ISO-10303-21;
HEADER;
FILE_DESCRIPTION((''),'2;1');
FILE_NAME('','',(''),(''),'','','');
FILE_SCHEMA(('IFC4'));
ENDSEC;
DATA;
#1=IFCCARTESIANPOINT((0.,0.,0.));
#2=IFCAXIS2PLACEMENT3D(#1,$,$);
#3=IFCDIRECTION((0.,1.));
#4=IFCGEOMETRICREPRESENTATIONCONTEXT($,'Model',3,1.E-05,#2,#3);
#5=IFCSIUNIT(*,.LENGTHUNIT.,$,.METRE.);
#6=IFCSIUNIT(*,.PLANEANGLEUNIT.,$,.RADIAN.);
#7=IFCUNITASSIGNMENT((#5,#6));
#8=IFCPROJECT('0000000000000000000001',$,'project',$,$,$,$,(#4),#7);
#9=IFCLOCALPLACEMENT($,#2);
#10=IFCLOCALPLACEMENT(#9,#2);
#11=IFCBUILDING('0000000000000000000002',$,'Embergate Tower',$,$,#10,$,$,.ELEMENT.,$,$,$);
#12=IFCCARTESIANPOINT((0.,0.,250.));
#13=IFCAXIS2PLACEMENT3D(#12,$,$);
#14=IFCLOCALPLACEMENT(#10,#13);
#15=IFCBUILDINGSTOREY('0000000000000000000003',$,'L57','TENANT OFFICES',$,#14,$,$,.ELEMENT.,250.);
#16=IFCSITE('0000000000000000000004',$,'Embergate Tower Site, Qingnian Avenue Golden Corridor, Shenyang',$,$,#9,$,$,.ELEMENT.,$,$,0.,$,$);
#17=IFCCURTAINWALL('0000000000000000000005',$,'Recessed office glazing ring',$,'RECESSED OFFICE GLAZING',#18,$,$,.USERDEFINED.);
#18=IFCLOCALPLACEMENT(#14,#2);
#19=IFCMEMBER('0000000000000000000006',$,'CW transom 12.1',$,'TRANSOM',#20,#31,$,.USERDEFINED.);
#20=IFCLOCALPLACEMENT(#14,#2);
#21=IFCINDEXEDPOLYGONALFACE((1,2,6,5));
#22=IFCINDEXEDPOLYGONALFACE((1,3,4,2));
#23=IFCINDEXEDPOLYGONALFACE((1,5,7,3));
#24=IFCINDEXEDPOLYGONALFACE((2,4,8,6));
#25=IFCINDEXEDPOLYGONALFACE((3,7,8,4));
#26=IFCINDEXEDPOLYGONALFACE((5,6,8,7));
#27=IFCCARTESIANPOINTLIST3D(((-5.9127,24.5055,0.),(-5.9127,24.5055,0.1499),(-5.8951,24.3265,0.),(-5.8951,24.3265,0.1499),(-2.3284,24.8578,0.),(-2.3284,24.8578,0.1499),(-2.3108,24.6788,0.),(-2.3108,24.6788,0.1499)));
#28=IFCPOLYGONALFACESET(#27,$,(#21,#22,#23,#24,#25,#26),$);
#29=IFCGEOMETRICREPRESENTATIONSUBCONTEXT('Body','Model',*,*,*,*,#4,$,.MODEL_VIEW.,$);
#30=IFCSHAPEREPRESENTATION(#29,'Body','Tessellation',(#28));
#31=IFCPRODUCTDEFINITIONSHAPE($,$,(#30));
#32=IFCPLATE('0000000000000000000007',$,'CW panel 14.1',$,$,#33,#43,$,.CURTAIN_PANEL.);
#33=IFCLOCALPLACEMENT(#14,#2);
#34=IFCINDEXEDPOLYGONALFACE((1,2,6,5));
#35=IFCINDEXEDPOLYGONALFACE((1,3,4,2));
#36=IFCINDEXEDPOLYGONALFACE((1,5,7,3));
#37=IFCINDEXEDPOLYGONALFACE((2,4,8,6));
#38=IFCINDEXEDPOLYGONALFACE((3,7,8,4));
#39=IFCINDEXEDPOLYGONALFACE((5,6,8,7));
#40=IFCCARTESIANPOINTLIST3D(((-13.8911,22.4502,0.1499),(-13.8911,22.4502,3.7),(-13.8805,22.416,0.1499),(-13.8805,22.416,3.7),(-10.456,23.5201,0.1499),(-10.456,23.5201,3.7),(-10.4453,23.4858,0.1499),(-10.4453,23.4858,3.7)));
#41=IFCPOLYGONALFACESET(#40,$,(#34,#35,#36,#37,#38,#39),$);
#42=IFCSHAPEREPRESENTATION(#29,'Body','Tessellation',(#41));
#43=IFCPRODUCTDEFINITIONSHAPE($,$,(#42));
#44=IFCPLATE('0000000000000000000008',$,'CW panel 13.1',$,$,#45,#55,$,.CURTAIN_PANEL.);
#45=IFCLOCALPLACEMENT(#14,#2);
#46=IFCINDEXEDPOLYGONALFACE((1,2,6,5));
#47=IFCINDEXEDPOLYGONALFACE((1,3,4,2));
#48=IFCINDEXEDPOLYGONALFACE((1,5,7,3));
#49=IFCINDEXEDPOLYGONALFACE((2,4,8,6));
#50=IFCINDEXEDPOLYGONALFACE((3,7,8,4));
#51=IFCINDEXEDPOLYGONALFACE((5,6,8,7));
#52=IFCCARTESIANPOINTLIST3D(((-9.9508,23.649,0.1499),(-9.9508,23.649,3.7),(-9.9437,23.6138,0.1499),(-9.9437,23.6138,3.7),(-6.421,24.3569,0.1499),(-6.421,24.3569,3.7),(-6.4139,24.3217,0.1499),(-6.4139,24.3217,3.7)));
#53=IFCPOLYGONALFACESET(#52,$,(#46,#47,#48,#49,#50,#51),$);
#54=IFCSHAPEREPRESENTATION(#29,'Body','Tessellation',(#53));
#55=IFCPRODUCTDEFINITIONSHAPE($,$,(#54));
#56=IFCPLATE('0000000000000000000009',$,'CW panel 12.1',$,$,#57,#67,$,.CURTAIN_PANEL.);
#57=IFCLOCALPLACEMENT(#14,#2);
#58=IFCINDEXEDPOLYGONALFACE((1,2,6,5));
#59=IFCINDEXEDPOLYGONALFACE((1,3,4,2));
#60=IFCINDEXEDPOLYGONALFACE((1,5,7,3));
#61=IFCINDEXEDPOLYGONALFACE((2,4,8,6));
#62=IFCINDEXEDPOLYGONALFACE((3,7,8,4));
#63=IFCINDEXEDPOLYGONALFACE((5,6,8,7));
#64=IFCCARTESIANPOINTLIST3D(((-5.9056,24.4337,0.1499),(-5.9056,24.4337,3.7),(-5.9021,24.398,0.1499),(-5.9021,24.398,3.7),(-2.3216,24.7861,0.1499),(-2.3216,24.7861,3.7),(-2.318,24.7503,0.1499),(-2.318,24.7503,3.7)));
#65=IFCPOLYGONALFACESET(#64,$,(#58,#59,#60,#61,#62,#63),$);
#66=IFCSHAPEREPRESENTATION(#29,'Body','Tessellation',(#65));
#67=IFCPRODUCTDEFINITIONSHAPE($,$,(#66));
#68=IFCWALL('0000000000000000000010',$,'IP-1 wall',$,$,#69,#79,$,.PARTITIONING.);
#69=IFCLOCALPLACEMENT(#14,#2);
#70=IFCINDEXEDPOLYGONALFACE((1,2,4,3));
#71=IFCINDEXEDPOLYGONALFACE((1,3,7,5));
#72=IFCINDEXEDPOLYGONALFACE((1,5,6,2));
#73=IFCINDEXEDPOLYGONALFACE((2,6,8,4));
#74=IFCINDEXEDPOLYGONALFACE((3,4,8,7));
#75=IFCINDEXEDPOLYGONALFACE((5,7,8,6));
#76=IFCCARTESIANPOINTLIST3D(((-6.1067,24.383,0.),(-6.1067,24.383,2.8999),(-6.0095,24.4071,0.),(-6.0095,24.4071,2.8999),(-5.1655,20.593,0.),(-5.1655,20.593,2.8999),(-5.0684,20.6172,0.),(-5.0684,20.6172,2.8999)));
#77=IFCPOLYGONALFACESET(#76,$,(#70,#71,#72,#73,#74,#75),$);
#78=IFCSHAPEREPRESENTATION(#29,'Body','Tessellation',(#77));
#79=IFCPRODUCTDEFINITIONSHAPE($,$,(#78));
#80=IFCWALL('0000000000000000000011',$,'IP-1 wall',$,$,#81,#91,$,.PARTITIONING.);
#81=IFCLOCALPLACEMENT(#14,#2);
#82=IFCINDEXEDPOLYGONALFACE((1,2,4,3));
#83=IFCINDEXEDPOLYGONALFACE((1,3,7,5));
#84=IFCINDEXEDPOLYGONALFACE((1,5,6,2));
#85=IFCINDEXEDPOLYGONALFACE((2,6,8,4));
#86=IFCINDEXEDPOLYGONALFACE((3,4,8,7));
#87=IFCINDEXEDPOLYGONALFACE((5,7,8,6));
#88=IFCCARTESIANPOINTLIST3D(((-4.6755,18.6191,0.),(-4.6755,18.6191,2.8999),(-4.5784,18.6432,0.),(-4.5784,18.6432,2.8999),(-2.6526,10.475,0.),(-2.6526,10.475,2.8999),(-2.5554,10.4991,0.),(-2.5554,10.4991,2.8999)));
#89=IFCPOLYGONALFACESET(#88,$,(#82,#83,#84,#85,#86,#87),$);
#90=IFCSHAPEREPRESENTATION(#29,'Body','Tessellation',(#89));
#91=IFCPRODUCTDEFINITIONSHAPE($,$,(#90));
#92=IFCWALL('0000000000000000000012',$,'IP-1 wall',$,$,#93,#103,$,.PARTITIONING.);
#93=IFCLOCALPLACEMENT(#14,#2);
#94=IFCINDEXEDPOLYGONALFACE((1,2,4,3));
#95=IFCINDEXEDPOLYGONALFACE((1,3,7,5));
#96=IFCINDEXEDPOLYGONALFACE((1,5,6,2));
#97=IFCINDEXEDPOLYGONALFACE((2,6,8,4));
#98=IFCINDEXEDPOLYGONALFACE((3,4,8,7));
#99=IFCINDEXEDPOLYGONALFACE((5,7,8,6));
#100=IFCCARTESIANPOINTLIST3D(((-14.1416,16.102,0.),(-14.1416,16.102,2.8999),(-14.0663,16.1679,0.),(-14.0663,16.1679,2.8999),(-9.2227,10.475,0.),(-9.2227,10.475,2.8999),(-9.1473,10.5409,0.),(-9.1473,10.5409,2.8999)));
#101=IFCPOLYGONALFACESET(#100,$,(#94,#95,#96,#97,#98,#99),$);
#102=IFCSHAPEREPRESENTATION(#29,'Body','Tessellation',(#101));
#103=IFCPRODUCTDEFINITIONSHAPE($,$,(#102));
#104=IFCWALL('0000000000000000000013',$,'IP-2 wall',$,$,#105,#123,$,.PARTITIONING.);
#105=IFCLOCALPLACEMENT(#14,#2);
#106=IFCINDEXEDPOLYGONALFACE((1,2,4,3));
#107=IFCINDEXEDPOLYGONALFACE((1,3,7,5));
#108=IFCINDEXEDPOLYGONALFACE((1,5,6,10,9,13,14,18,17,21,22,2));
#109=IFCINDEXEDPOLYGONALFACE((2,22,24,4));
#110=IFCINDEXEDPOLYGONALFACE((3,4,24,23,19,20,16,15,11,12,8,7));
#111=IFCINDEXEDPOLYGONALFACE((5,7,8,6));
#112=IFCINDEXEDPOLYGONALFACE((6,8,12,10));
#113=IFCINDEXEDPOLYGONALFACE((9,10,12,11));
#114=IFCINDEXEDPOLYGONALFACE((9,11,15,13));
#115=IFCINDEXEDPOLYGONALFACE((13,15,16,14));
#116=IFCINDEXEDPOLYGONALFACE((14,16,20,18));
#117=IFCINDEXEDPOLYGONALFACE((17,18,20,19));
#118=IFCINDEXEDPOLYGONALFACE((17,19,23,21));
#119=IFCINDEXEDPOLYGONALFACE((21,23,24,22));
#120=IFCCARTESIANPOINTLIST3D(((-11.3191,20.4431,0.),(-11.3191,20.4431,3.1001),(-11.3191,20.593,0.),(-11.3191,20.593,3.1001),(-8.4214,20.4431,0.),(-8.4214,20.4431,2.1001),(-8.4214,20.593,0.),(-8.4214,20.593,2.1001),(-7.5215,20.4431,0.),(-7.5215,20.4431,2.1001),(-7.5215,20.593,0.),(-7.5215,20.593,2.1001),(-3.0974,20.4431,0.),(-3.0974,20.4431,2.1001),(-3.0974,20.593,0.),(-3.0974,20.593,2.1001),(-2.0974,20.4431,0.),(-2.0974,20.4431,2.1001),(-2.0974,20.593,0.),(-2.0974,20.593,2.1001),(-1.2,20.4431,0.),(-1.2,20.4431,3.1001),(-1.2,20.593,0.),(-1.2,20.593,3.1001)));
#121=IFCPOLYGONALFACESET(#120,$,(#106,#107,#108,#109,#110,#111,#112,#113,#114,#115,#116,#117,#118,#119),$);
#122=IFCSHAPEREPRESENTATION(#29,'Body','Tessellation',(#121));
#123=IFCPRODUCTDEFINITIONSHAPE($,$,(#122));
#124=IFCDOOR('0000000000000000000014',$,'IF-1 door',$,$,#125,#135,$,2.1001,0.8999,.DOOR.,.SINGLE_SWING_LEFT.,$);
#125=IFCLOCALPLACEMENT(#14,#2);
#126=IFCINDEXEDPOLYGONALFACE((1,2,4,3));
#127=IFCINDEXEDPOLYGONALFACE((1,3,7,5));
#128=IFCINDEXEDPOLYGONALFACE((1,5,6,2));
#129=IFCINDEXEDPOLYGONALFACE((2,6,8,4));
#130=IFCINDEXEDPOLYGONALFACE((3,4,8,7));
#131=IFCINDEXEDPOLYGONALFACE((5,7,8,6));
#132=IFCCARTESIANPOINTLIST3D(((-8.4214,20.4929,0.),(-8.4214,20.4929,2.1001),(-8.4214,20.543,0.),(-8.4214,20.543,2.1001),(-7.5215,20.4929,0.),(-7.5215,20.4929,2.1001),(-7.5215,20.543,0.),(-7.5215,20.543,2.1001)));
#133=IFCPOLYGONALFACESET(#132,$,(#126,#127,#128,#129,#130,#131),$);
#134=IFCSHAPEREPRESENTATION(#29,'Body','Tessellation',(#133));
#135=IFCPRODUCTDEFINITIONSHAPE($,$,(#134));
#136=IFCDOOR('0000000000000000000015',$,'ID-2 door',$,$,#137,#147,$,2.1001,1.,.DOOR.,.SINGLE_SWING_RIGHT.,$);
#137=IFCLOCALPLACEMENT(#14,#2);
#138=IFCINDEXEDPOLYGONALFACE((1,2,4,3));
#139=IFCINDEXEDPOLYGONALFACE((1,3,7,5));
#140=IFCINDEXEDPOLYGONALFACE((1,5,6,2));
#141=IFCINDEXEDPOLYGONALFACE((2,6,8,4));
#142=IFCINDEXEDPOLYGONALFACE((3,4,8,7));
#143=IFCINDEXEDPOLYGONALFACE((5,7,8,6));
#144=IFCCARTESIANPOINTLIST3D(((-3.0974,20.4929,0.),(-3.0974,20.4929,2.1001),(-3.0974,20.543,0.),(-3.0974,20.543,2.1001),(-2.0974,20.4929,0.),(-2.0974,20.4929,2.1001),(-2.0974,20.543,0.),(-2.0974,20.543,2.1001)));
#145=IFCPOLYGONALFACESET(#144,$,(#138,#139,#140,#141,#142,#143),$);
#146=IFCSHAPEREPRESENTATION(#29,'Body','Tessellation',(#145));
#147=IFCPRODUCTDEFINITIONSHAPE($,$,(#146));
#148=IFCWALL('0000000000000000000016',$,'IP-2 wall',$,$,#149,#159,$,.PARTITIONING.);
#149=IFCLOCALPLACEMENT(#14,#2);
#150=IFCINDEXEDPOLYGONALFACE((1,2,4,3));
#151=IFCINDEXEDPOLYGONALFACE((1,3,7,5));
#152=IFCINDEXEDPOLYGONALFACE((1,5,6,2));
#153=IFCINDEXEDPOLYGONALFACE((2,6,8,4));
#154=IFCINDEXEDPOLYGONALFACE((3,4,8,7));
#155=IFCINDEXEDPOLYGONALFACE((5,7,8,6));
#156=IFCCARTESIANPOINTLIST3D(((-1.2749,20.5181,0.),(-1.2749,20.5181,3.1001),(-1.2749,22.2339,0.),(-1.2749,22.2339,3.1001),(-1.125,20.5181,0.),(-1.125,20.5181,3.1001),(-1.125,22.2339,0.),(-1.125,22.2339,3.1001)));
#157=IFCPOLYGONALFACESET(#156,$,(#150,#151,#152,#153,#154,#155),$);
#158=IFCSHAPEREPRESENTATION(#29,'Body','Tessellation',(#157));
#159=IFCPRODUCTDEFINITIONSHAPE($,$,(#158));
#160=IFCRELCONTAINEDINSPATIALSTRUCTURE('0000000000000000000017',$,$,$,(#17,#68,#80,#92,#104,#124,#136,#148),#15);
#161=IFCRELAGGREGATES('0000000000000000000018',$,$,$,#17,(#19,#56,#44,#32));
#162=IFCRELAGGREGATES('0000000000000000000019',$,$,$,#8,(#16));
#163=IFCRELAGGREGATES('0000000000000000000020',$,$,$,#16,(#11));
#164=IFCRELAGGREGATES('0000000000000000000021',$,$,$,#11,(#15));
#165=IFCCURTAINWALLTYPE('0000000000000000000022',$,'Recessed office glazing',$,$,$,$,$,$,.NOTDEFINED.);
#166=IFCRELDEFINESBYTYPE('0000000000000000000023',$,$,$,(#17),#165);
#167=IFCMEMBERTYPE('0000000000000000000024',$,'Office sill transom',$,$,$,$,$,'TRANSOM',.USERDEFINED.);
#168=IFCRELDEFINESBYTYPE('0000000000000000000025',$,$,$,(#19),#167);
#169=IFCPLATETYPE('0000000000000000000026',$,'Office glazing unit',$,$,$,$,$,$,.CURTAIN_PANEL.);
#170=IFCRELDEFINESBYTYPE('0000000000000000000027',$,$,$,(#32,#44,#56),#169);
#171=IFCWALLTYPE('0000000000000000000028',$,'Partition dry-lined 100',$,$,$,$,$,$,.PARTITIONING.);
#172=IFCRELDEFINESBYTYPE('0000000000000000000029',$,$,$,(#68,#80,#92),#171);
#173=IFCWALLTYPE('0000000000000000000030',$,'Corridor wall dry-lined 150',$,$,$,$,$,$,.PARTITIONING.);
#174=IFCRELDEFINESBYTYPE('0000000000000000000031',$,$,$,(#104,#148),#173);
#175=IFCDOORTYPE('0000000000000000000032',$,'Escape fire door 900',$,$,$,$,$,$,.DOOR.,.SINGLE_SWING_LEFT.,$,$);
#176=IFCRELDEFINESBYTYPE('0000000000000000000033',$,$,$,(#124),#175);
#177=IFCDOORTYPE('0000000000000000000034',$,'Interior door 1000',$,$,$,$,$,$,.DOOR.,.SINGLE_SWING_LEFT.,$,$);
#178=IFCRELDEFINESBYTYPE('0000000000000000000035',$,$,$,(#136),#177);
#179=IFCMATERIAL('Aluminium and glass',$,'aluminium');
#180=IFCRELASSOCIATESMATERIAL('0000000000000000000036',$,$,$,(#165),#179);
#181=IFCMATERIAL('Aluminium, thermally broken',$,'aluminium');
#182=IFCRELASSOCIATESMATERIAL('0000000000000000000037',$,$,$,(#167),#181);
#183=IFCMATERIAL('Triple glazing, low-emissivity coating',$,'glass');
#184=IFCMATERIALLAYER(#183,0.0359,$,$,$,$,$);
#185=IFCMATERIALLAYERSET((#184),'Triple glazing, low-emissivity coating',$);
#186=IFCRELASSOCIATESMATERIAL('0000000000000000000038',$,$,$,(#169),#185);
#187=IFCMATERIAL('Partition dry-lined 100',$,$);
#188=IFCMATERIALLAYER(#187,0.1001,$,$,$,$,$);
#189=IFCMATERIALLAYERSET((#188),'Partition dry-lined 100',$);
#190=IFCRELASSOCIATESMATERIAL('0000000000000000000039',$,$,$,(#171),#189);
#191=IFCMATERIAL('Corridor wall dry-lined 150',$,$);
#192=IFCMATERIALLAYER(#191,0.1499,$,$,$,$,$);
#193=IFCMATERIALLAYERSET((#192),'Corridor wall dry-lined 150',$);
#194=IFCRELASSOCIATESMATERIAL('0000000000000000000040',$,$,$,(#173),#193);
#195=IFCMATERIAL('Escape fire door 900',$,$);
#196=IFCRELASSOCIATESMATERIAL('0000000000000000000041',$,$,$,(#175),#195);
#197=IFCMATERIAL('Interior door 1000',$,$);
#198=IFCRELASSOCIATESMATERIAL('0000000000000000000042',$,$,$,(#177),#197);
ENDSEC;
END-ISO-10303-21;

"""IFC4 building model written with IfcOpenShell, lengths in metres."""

from ifc_helpers import new_model, si_unit, direction, frame, frame_2d, origin, origin_2d, place, context, subcontext, project, spatial, rectangle, extrude, source, transform, mapped, material, layer, layer_set, material_profile, profile_set, type_object, element, fill, aggregate, save


model = new_model("IFC4")

# Units and contexts
model_context = context("Model", 3, precision=1e-05, world=origin(), true_north=direction((0.0, 1.0)))
body_context = subcontext(model_context, "Body", "Model", "MODEL_VIEW")
ifc_project = project(units=[si_unit("LENGTHUNIT", "METRE"), si_unit("PLANEANGLEUNIT", "RADIAN")], contexts=[model_context])

# Site, building, storey
site_placement = place(None, origin())
site = spatial("IfcSite", under=ifc_project, at=site_placement, Name="Embergate Tower Site, Qingnian Avenue Golden Corridor, Shenyang", CompositionType="ELEMENT", RefElevation=0.0)
building_placement = place(site_placement, origin())
building = spatial("IfcBuilding", under=site, at=building_placement, Name="Embergate Tower", CompositionType="ELEMENT")
storey_placement = place(building_placement, frame((0.0, 0.0, 250.0)))
storey = spatial("IfcBuildingStorey", under=building, at=storey_placement, Name="L57", Description="TENANT OFFICES", CompositionType="ELEMENT", Elevation=250.0)

# Curtain wall, member, plates
ifc_material_1 = material(Name="Aluminium and glass", Category="aluminium")
curtain_wall_type = type_object("IfcCurtainWallType", Name="Recessed office glazing", PredefinedType="NOTDEFINED", material=ifc_material_1)
curtain_wall_placement = place(storey_placement, origin())
curtain_wall = element("IfcCurtainWall", 1, at=curtain_wall_placement, inside=storey, type_object=curtain_wall_type, Name="Recessed office glazing ring", ObjectType="RECESSED OFFICE GLAZING", PredefinedType="USERDEFINED")
ifc_material_2 = material(Name="Aluminium, thermally broken", Category="aluminium")
ifc_material_profile_1 = material_profile(ifc_material_2, rectangle(XDim=0.1799, YDim=0.1499, at=origin_2d()), Name="AL 150x180")
ifc_profile_set_1 = profile_set([ifc_material_profile_1], Name="Aluminium, thermally broken")
member_type_1 = type_object("IfcMemberType", Name="Office sill transom", ElementType="TRANSOM", PredefinedType="USERDEFINED", material=ifc_profile_set_1)
shared_shape_1 = source(origin(), body_context, "Body", "SweptSolid", [
    extrude(rectangle(XDim=0.1799, YDim=0.1499, at=origin_2d()), origin(), (0.0, 0.0, 1.0), 3.6016),
])
member_1_placement = place(storey_placement, frame((-2.3196, 24.7683, 0.075), z_axis=(-0.995204, -0.097819, 0.0), x_axis=(0.097819, -0.995204, 0.0)))
member_1 = element("IfcMember", 2, at=member_1_placement, type_object=member_type_1, Name="CW transom 12.1", ObjectType="TRANSOM", PredefinedType="USERDEFINED", context=body_context, shape_type="MappedRepresentation", body=[
    mapped(shared_shape_1, transform((0.0, 0.0, 0.0))),
])
ifc_material_3 = material(Name="Triple glazing, low-emissivity coating", Category="glass")
ifc_layer_1 = layer(ifc_material_3, 0.0359)
ifc_layer_set_1 = layer_set([ifc_layer_1], Name="Triple glazing, low-emissivity coating")
plate_type = type_object("IfcPlateType", Name="Office glazing unit", PredefinedType="CURTAIN_PANEL", material=ifc_layer_set_1)
shared_shape_2 = source(origin(), body_context, "Body", "SweptSolid", [
    extrude(rectangle(XDim=3.5979, YDim=0.0359, at=origin_2d()), origin(), (0.0, 0.0, 1.0), 3.55),
])
plate_1_placement = place(storey_placement, frame((-12.1682, 22.968, 0.1499), z_axis=(0.0, 0.0, 1.0), x_axis=(-0.954771, -0.297342, 0.0)))
plate_1 = element("IfcPlate", 3, at=plate_1_placement, type_object=plate_type, Name="CW panel 14.1", PredefinedType="CURTAIN_PANEL", context=body_context, shape_type="MappedRepresentation", body=[
    mapped(shared_shape_2, transform((0.0, 0.0, 0.0))),
])
shared_shape_3 = source(origin(), body_context, "Body", "SweptSolid", [
    extrude(rectangle(XDim=3.6001, YDim=0.0359, at=origin_2d()), origin(), (0.0, 0.0, 1.0), 3.55),
])
plate_2_placement = place(storey_placement, frame((-8.1824, 23.9854, 0.1499), z_axis=(0.0, 0.0, 1.0), x_axis=(-0.980476, -0.196641, 0.0)))
plate_2 = element("IfcPlate", 4, at=plate_2_placement, type_object=plate_type, Name="CW panel 13.1", PredefinedType="CURTAIN_PANEL", context=body_context, shape_type="MappedRepresentation", body=[
    mapped(shared_shape_3, transform((0.0, 0.0, 0.0))),
])
shared_shape_4 = source(origin(), body_context, "Body", "SweptSolid", [
    extrude(rectangle(XDim=3.6013, YDim=0.0359, at=origin_2d()), origin(), (0.0, 0.0, 1.0), 3.55),
])
plate_3_placement = place(storey_placement, frame((-4.1118, 24.592, 0.1499), z_axis=(0.0, 0.0, 1.0), x_axis=(-0.995203, -0.09783, 0.0)))
plate_3 = element("IfcPlate", 5, at=plate_3_placement, type_object=plate_type, Name="CW panel 12.1", PredefinedType="CURTAIN_PANEL", context=body_context, shape_type="MappedRepresentation", body=[
    mapped(shared_shape_4, transform((0.0, 0.0, 0.0))),
])
aggregate(curtain_wall, [member_1, plate_3, plate_2, plate_1])

# Walls
ifc_material_4 = material(Name="Partition dry-lined 100")
ifc_layer_2 = layer(ifc_material_4, 0.1001)
ifc_layer_set_2 = layer_set([ifc_layer_2], Name="Partition dry-lined 100")
wall_type_1 = type_object("IfcWallType", Name="Partition dry-lined 100", PredefinedType="PARTITIONING", material=ifc_layer_set_2)
shared_shape_5 = source(origin(), body_context, "Body", "SweptSolid", [
    extrude(rectangle(XDim=3.905, YDim=0.1001, at=frame_2d((1.9526, 0.0))), origin(), (0.0, 0.0, 1.0), 2.8999),
])
wall_1_placement = place(storey_placement, frame((-5.1169, 20.605, 0.0), z_axis=(0.0, 0.0, 1.0), x_axis=(-0.241005, 0.970524, 0.0)))
element("IfcWall", 6, at=wall_1_placement, inside=storey, type_object=wall_type_1, Name="IP-1 wall", PredefinedType="PARTITIONING", context=body_context, shape_type="MappedRepresentation", body=[
    mapped(shared_shape_5, transform((0.0, 0.0, 0.0))),
])
shared_shape_6 = source(origin(), body_context, "Body", "SweptSolid", [
    extrude(rectangle(XDim=8.3916, YDim=0.1001, at=frame_2d((4.1958, 0.0))), origin(), (0.0, 0.0, 1.0), 2.8999),
])
wall_2_placement = place(storey_placement, frame((-2.604, 10.4871, 0.0), z_axis=(0.0, 0.0, 1.0), x_axis=(-0.24107, 0.970508, 0.0)))
element("IfcWall", 7, at=wall_2_placement, inside=storey, type_object=wall_type_1, Name="IP-1 wall", PredefinedType="PARTITIONING", context=body_context, shape_type="MappedRepresentation", body=[
    mapped(shared_shape_6, transform((0.0, 0.0, 0.0))),
])
shared_shape_7 = source(origin(), body_context, "Body", "SweptSolid", [
    extrude(rectangle(XDim=7.4739, YDim=0.1001, at=frame_2d((3.7368, 0.0))), origin(), (0.0, 0.0, 1.0), 2.8999),
])
wall_3_placement = place(storey_placement, frame((-9.1851, 10.5081, 0.0), z_axis=(0.0, 0.0, 1.0), x_axis=(-0.658153, 0.752884, 0.0)))
element("IfcWall", 8, at=wall_3_placement, inside=storey, type_object=wall_type_1, Name="IP-1 wall", PredefinedType="PARTITIONING", context=body_context, shape_type="MappedRepresentation", body=[
    mapped(shared_shape_7, transform((0.0, 0.0, 0.0))),
])

# Wall, openings, doors
ifc_material_5 = material(Name="Corridor wall dry-lined 150")
ifc_layer_3 = layer(ifc_material_5, 0.1499)
ifc_layer_set_3 = layer_set([ifc_layer_3], Name="Corridor wall dry-lined 150")
wall_type_2 = type_object("IfcWallType", Name="Corridor wall dry-lined 150", PredefinedType="PARTITIONING", material=ifc_layer_set_3)
shared_shape_8 = source(origin(), body_context, "Body", "SweptSolid", [
    extrude(rectangle(XDim=10.1191, YDim=0.1499, at=frame_2d((5.0596, 0.0))), origin(), (0.0, 0.0, 1.0), 3.1001),
])
wall_4_placement = place(storey_placement, frame((-11.3191, 20.5181, 0.0), z_axis=(0.0, 0.0, 1.0), x_axis=(1.0, 0.0, 0.0)))
wall_4 = element("IfcWall", 9, at=wall_4_placement, inside=storey, type_object=wall_type_2, Name="IP-2 wall", PredefinedType="PARTITIONING", context=body_context, shape_type="MappedRepresentation", body=[
    mapped(shared_shape_8, transform((0.0, 0.0, 0.0))),
])
shared_shape_9 = source(origin(), body_context, "Body", "SweptSolid", [
    extrude(rectangle(XDim=1.0, YDim=2.1001, at=frame_2d((0.5, 1.05))), frame((0.0, 0.085, 0.0), z_axis=(0.0, -1.0, 0.0), x_axis=(1.0, 0.0, 0.0)), (0.0, 0.0, 1.0), 0.1699),
])
opening_1_placement = place(wall_4_placement, frame((8.2217, 0.0, 0.0)))
opening_1 = element("IfcOpeningElement", 10, at=opening_1_placement, cuts=wall_4, PredefinedType="OPENING", context=body_context, shape_type="MappedRepresentation", body=[
    mapped(shared_shape_9, transform((0.0, 0.0, 0.0))),
])
shared_shape_10 = source(origin(), body_context, "Body", "SweptSolid", [
    extrude(rectangle(XDim=0.8999, YDim=2.1001, at=frame_2d((0.45, 1.05))), frame((0.0, 0.085, 0.0), z_axis=(0.0, -1.0, 0.0), x_axis=(1.0, 0.0, 0.0)), (0.0, 0.0, 1.0), 0.1699),
])
opening_2_placement = place(wall_4_placement, frame((2.8977, 0.0, 0.0)))
opening_2 = element("IfcOpeningElement", 11, at=opening_2_placement, cuts=wall_4, PredefinedType="OPENING", context=body_context, shape_type="MappedRepresentation", body=[
    mapped(shared_shape_10, transform((0.0, 0.0, 0.0))),
])
ifc_material_6 = material(Name="Escape fire door 900")
door_type_1 = type_object("IfcDoorType", Name="Escape fire door 900", OperationType="SINGLE_SWING_LEFT", PredefinedType="DOOR", material=ifc_material_6)
shared_shape_11 = source(origin(), body_context, "Body", "SweptSolid", [
    extrude(rectangle(XDim=0.8999, YDim=2.1001, at=frame_2d((0.45, 1.05))), frame((0.0, 0.0249, 0.0), z_axis=(0.0, -1.0, 0.0), x_axis=(1.0, 0.0, 0.0)), (0.0, 0.0, 1.0), 0.05),
])
door_1_placement = place(opening_2_placement, origin())
door_1 = element("IfcDoor", 12, at=door_1_placement, inside=storey, type_object=door_type_1, Name="IF-1 door", OperationType="SINGLE_SWING_LEFT", OverallHeight=2.1001, OverallWidth=0.8999, PredefinedType="DOOR", context=body_context, shape_type="MappedRepresentation", body=[
    mapped(shared_shape_11, transform((0.0, 0.0, 0.0))),
])
fill(opening_2, door_1)
ifc_material_7 = material(Name="Interior door 1000")
door_type_2 = type_object("IfcDoorType", Name="Interior door 1000", OperationType="SINGLE_SWING_LEFT", PredefinedType="DOOR", material=ifc_material_7)
shared_shape_12 = source(origin(), body_context, "Body", "SweptSolid", [
    extrude(rectangle(XDim=1.0, YDim=2.1001, at=frame_2d((0.5, 1.05))), frame((0.0, 0.0249, 0.0), z_axis=(0.0, -1.0, 0.0), x_axis=(1.0, 0.0, 0.0)), (0.0, 0.0, 1.0), 0.05),
])
door_2_placement = place(opening_1_placement, origin())
door_2 = element("IfcDoor", 13, at=door_2_placement, inside=storey, type_object=door_type_2, Name="ID-2 door", OperationType="SINGLE_SWING_RIGHT", OverallHeight=2.1001, OverallWidth=1.0, PredefinedType="DOOR", context=body_context, shape_type="MappedRepresentation", body=[
    mapped(shared_shape_12, transform((0.0, 0.0, 0.0))),
])
fill(opening_1, door_2)

# Wall
shared_shape_13 = source(origin(), body_context, "Body", "SweptSolid", [
    extrude(rectangle(XDim=1.7158, YDim=0.1499, at=frame_2d((0.8579, 0.0))), origin(), (0.0, 0.0, 1.0), 3.1001),
])
wall_5_placement = place(storey_placement, frame((-1.2, 20.5181, 0.0), z_axis=(0.0, 0.0, 1.0), x_axis=(0.0, 1.0, 0.0)))
element("IfcWall", 14, at=wall_5_placement, inside=storey, type_object=wall_type_2, Name="IP-2 wall", PredefinedType="PARTITIONING", context=body_context, shape_type="MappedRepresentation", body=[
    mapped(shared_shape_13, transform((0.0, 0.0, 0.0))),
])

save(model, "model.ifc")
